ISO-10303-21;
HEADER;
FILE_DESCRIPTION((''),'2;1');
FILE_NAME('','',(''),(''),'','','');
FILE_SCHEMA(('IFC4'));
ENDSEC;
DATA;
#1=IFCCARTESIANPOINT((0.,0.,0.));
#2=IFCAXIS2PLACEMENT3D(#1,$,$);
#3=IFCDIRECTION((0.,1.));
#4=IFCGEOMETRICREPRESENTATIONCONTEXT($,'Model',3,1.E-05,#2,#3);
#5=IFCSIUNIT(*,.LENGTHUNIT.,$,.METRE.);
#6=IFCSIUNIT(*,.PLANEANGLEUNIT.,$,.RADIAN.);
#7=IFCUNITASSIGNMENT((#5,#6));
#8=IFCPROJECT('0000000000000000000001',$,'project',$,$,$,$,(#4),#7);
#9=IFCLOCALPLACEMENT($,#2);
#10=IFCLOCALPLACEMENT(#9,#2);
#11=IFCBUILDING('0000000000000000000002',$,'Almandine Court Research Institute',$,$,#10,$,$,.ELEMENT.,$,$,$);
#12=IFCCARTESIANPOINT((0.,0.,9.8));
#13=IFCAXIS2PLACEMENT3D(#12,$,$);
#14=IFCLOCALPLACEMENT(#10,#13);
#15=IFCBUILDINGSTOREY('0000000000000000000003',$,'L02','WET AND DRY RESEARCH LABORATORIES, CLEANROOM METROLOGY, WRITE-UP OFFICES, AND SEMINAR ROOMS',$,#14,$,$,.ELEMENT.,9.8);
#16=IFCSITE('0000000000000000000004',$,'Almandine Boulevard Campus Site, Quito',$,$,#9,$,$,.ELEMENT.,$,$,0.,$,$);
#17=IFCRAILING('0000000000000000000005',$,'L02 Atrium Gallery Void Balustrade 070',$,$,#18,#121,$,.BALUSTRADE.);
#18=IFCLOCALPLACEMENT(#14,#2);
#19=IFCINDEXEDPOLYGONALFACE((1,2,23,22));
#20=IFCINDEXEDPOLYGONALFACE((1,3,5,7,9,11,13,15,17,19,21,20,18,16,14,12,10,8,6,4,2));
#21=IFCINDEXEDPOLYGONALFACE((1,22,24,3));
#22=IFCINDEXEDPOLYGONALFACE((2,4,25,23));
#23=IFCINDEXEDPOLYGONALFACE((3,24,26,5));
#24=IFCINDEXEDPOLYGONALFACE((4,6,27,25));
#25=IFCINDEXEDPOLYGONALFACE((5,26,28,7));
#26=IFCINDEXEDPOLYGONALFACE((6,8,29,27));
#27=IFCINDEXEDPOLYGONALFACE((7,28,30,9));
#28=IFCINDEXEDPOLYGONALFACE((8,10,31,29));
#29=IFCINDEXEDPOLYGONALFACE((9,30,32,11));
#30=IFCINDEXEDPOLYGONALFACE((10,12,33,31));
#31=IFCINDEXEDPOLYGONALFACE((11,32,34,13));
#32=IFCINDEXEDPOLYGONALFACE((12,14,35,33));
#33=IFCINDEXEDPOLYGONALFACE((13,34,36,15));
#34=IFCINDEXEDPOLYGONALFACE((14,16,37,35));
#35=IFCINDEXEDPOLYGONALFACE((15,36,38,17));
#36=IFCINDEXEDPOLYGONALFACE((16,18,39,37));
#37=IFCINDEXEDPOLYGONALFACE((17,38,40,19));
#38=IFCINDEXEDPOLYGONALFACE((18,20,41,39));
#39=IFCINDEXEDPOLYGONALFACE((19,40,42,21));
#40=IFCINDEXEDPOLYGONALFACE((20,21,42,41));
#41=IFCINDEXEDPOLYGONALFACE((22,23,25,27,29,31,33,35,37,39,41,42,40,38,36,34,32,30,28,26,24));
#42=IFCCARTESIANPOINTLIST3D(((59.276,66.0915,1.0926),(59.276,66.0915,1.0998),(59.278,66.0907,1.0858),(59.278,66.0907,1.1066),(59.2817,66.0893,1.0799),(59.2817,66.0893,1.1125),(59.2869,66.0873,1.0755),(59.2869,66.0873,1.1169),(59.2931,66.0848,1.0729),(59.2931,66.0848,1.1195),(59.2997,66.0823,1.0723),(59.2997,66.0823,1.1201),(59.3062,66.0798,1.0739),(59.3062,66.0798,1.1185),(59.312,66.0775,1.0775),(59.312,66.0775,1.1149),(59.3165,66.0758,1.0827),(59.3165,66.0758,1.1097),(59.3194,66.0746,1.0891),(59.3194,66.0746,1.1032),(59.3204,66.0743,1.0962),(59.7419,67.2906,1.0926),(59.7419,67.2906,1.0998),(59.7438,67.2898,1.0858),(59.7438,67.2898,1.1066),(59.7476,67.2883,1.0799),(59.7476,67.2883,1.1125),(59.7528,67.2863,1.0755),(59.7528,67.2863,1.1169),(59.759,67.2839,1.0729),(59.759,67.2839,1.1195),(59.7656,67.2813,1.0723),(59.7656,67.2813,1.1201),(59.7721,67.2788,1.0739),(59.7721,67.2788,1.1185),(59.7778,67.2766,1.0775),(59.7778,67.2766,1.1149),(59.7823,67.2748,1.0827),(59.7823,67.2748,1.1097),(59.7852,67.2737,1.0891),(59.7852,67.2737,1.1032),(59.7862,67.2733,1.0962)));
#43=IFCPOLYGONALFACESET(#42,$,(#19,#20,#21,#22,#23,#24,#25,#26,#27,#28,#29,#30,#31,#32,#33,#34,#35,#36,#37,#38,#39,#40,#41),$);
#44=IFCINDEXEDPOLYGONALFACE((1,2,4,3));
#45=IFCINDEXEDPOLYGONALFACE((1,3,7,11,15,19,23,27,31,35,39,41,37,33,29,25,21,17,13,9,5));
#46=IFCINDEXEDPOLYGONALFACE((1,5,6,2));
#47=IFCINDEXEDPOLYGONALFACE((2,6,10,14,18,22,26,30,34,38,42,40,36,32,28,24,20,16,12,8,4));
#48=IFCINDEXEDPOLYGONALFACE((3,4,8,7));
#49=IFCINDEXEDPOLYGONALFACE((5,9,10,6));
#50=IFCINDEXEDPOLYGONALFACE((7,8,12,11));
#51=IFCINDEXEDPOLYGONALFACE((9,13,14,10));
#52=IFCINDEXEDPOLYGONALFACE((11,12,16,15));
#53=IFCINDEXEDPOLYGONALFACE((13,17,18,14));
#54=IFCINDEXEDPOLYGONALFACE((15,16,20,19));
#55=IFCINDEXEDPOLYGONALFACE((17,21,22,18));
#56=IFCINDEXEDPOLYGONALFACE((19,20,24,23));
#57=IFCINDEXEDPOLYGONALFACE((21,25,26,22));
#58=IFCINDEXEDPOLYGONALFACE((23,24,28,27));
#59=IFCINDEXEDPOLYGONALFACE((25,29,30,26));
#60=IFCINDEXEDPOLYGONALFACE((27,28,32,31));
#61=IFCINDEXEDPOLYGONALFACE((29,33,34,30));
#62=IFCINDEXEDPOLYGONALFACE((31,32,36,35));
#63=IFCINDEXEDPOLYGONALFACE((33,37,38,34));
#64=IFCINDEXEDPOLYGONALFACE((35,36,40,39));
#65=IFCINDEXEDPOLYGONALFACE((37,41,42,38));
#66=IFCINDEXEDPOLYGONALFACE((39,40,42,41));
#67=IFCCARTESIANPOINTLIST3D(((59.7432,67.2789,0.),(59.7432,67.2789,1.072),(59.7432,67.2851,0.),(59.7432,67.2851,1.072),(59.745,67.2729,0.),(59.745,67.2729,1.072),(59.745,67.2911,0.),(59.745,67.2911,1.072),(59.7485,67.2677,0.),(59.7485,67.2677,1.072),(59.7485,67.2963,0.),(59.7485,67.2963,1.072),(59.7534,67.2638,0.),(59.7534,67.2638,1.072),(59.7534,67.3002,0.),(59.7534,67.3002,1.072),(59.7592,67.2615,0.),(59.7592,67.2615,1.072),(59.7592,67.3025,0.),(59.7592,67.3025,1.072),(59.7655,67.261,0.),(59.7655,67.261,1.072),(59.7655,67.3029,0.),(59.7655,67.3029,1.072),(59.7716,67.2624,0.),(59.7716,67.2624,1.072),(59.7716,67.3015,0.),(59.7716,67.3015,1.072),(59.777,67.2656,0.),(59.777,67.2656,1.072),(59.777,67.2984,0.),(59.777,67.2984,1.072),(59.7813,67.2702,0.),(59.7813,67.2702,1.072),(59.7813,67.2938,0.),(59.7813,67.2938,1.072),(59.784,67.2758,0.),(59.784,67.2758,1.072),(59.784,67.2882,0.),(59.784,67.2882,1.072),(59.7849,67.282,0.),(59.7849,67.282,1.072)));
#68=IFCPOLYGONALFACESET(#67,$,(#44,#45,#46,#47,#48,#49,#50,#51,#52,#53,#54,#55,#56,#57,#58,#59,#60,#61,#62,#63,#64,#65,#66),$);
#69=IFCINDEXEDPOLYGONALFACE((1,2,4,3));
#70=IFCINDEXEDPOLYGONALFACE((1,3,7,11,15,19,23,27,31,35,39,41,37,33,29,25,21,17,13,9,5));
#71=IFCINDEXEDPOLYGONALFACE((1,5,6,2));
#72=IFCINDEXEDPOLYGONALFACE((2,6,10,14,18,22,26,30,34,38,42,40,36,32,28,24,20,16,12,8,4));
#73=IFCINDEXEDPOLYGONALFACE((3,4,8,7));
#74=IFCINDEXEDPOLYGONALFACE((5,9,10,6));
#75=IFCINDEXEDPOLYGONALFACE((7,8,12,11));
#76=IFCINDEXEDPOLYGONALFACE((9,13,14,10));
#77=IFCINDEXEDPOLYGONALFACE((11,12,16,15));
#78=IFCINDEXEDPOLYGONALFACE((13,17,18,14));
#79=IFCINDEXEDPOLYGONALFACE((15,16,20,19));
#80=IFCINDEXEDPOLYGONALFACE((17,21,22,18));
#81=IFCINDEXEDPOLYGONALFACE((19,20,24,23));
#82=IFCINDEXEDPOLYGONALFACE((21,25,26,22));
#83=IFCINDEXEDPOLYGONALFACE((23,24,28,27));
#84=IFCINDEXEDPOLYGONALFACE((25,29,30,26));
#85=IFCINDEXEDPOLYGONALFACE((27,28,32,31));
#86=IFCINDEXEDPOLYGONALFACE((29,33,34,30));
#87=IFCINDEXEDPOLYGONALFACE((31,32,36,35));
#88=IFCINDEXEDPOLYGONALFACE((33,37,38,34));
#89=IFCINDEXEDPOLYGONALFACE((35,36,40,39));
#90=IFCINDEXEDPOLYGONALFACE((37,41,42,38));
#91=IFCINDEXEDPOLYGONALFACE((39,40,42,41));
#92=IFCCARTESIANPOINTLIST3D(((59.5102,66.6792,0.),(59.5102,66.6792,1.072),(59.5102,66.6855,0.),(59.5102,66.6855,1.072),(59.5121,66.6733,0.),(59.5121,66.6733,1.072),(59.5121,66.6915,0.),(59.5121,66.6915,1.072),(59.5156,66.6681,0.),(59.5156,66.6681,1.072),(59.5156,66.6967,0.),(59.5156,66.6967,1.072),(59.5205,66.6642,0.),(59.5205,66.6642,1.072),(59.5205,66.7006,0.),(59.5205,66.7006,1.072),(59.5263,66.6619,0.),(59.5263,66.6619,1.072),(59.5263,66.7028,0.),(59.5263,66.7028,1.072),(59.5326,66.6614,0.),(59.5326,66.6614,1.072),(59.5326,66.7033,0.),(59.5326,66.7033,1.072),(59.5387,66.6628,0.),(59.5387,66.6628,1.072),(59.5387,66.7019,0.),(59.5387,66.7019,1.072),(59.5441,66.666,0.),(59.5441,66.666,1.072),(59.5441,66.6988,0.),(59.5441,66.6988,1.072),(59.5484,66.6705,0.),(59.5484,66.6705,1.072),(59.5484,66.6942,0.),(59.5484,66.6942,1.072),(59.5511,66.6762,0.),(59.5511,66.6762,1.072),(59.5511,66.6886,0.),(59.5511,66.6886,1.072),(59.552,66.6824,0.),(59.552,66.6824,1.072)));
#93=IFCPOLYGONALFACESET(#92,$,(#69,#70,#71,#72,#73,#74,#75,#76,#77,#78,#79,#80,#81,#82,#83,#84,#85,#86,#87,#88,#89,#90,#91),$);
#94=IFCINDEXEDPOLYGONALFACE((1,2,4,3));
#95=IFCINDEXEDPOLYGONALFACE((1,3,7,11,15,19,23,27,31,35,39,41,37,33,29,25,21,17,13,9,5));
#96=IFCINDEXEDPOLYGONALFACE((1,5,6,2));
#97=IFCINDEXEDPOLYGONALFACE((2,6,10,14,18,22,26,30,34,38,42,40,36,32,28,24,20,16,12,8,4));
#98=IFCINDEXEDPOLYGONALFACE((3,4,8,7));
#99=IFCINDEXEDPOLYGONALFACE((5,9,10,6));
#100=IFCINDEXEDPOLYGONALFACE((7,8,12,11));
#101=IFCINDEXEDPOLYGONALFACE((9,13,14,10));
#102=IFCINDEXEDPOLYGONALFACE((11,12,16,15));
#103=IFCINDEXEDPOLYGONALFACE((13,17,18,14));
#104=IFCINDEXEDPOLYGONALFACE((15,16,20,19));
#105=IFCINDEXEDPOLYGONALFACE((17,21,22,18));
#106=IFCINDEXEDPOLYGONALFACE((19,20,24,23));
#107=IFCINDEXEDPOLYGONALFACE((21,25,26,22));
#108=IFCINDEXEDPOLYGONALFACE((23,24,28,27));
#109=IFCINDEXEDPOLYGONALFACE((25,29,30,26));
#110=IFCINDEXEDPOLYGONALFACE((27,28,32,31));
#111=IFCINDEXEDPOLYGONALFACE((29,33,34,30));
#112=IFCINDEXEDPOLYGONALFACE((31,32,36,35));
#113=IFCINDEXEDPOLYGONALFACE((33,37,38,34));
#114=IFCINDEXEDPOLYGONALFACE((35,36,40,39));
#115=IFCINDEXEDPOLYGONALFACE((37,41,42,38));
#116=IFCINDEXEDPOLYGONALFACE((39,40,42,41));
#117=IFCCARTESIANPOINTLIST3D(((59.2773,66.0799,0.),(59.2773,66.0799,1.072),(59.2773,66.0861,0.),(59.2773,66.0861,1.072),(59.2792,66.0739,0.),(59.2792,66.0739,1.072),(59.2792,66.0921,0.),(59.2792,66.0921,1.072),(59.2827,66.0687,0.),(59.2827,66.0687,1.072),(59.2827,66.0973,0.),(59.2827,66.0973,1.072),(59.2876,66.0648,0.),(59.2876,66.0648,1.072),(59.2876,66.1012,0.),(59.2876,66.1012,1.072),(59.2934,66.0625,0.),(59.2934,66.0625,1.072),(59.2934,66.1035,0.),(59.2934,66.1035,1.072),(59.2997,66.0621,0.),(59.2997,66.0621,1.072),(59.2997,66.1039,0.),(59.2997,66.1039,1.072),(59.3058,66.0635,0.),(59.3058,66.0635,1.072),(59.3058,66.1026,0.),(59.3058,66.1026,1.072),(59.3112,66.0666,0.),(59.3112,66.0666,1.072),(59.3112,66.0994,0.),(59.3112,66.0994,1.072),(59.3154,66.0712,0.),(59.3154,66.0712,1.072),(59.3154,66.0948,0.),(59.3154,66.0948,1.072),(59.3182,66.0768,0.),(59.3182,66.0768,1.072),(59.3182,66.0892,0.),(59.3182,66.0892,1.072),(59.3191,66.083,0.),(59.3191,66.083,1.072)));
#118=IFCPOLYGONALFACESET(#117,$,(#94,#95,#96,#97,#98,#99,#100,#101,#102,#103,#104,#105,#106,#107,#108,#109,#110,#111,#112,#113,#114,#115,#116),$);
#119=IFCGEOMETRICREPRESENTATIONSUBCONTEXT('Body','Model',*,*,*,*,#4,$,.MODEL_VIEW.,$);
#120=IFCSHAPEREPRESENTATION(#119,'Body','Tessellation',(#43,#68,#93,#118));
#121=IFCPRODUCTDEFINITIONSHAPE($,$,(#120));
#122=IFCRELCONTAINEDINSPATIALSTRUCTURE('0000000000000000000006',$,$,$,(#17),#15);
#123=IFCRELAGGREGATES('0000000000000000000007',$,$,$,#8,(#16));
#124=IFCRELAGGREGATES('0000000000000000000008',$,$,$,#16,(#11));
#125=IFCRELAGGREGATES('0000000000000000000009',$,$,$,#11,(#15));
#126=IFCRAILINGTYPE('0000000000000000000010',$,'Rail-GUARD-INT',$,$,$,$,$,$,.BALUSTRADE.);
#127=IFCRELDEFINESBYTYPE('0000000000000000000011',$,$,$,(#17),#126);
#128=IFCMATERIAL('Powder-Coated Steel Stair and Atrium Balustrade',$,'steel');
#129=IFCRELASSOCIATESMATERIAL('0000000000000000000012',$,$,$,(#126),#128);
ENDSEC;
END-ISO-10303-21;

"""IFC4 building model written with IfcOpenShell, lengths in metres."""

from ifc_helpers import new_model, si_unit, direction, frame, origin, origin_2d, place, context, subcontext, project, spatial, circle, extrude, material, type_object, element, save


model = new_model("IFC4")

# Units and contexts
model_context = context("Model", 3, precision=1e-05, world=origin(), true_north=direction((0.0, 1.0)))
body_context = subcontext(model_context, "Body", "Model", "MODEL_VIEW")
ifc_project = project(units=[si_unit("LENGTHUNIT", "METRE"), si_unit("PLANEANGLEUNIT", "RADIAN")], contexts=[model_context])

# Site, building, storey
site_placement = place(None, origin())
site = spatial("IfcSite", under=ifc_project, at=site_placement, Name="Almandine Boulevard Campus Site, Quito", CompositionType="ELEMENT", RefElevation=0.0)
building_placement = place(site_placement, origin())
building = spatial("IfcBuilding", under=site, at=building_placement, Name="Almandine Court Research Institute", CompositionType="ELEMENT")
storey_placement = place(building_placement, frame((0.0, 0.0, 9.8)))
storey = spatial("IfcBuildingStorey", under=building, at=storey_placement, Name="L02", Description="WET AND DRY RESEARCH LABORATORIES, CLEANROOM METROLOGY, WRITE-UP OFFICES, AND SEMINAR ROOMS", CompositionType="ELEMENT", Elevation=9.8)

# Railing
ifc_material_1 = material(Name="Powder-Coated Steel Stair and Atrium Balustrade", Category="steel")
railing_type = type_object("IfcRailingType", Name="Rail-GUARD-INT", PredefinedType="BALUSTRADE", material=ifc_material_1)
railing_1_placement = place(storey_placement, frame((59.7639, 67.282, 0.0)))
element("IfcRailing", 1, at=railing_1_placement, inside=storey, type_object=railing_type, Name="L02 Atrium Gallery Void Balustrade 070", PredefinedType="BALUSTRADE", context=body_context, shape_type="SweptSolid", body=[
    extrude(circle(Radius=0.0239, at=origin_2d()), frame((0.0, 0.0, 1.0962), z_axis=(-0.362144, -0.932122, 0.0), x_axis=(0.932122, -0.362144, 0.0)), (0.0, 0.0, 1.0), 1.2864),
    extrude(circle(Radius=0.021, at=origin_2d()), origin(), (0.0, 0.0, 1.0), 1.072),
    extrude(circle(Radius=0.021, at=origin_2d()), frame((-0.2329, -0.5996, 0.0)), (0.0, 0.0, 1.0), 1.072),
    extrude(circle(Radius=0.021, at=origin_2d()), frame((-0.4658, -1.199, 0.0)), (0.0, 0.0, 1.0), 1.072),
])

save(model, "model.ifc")
